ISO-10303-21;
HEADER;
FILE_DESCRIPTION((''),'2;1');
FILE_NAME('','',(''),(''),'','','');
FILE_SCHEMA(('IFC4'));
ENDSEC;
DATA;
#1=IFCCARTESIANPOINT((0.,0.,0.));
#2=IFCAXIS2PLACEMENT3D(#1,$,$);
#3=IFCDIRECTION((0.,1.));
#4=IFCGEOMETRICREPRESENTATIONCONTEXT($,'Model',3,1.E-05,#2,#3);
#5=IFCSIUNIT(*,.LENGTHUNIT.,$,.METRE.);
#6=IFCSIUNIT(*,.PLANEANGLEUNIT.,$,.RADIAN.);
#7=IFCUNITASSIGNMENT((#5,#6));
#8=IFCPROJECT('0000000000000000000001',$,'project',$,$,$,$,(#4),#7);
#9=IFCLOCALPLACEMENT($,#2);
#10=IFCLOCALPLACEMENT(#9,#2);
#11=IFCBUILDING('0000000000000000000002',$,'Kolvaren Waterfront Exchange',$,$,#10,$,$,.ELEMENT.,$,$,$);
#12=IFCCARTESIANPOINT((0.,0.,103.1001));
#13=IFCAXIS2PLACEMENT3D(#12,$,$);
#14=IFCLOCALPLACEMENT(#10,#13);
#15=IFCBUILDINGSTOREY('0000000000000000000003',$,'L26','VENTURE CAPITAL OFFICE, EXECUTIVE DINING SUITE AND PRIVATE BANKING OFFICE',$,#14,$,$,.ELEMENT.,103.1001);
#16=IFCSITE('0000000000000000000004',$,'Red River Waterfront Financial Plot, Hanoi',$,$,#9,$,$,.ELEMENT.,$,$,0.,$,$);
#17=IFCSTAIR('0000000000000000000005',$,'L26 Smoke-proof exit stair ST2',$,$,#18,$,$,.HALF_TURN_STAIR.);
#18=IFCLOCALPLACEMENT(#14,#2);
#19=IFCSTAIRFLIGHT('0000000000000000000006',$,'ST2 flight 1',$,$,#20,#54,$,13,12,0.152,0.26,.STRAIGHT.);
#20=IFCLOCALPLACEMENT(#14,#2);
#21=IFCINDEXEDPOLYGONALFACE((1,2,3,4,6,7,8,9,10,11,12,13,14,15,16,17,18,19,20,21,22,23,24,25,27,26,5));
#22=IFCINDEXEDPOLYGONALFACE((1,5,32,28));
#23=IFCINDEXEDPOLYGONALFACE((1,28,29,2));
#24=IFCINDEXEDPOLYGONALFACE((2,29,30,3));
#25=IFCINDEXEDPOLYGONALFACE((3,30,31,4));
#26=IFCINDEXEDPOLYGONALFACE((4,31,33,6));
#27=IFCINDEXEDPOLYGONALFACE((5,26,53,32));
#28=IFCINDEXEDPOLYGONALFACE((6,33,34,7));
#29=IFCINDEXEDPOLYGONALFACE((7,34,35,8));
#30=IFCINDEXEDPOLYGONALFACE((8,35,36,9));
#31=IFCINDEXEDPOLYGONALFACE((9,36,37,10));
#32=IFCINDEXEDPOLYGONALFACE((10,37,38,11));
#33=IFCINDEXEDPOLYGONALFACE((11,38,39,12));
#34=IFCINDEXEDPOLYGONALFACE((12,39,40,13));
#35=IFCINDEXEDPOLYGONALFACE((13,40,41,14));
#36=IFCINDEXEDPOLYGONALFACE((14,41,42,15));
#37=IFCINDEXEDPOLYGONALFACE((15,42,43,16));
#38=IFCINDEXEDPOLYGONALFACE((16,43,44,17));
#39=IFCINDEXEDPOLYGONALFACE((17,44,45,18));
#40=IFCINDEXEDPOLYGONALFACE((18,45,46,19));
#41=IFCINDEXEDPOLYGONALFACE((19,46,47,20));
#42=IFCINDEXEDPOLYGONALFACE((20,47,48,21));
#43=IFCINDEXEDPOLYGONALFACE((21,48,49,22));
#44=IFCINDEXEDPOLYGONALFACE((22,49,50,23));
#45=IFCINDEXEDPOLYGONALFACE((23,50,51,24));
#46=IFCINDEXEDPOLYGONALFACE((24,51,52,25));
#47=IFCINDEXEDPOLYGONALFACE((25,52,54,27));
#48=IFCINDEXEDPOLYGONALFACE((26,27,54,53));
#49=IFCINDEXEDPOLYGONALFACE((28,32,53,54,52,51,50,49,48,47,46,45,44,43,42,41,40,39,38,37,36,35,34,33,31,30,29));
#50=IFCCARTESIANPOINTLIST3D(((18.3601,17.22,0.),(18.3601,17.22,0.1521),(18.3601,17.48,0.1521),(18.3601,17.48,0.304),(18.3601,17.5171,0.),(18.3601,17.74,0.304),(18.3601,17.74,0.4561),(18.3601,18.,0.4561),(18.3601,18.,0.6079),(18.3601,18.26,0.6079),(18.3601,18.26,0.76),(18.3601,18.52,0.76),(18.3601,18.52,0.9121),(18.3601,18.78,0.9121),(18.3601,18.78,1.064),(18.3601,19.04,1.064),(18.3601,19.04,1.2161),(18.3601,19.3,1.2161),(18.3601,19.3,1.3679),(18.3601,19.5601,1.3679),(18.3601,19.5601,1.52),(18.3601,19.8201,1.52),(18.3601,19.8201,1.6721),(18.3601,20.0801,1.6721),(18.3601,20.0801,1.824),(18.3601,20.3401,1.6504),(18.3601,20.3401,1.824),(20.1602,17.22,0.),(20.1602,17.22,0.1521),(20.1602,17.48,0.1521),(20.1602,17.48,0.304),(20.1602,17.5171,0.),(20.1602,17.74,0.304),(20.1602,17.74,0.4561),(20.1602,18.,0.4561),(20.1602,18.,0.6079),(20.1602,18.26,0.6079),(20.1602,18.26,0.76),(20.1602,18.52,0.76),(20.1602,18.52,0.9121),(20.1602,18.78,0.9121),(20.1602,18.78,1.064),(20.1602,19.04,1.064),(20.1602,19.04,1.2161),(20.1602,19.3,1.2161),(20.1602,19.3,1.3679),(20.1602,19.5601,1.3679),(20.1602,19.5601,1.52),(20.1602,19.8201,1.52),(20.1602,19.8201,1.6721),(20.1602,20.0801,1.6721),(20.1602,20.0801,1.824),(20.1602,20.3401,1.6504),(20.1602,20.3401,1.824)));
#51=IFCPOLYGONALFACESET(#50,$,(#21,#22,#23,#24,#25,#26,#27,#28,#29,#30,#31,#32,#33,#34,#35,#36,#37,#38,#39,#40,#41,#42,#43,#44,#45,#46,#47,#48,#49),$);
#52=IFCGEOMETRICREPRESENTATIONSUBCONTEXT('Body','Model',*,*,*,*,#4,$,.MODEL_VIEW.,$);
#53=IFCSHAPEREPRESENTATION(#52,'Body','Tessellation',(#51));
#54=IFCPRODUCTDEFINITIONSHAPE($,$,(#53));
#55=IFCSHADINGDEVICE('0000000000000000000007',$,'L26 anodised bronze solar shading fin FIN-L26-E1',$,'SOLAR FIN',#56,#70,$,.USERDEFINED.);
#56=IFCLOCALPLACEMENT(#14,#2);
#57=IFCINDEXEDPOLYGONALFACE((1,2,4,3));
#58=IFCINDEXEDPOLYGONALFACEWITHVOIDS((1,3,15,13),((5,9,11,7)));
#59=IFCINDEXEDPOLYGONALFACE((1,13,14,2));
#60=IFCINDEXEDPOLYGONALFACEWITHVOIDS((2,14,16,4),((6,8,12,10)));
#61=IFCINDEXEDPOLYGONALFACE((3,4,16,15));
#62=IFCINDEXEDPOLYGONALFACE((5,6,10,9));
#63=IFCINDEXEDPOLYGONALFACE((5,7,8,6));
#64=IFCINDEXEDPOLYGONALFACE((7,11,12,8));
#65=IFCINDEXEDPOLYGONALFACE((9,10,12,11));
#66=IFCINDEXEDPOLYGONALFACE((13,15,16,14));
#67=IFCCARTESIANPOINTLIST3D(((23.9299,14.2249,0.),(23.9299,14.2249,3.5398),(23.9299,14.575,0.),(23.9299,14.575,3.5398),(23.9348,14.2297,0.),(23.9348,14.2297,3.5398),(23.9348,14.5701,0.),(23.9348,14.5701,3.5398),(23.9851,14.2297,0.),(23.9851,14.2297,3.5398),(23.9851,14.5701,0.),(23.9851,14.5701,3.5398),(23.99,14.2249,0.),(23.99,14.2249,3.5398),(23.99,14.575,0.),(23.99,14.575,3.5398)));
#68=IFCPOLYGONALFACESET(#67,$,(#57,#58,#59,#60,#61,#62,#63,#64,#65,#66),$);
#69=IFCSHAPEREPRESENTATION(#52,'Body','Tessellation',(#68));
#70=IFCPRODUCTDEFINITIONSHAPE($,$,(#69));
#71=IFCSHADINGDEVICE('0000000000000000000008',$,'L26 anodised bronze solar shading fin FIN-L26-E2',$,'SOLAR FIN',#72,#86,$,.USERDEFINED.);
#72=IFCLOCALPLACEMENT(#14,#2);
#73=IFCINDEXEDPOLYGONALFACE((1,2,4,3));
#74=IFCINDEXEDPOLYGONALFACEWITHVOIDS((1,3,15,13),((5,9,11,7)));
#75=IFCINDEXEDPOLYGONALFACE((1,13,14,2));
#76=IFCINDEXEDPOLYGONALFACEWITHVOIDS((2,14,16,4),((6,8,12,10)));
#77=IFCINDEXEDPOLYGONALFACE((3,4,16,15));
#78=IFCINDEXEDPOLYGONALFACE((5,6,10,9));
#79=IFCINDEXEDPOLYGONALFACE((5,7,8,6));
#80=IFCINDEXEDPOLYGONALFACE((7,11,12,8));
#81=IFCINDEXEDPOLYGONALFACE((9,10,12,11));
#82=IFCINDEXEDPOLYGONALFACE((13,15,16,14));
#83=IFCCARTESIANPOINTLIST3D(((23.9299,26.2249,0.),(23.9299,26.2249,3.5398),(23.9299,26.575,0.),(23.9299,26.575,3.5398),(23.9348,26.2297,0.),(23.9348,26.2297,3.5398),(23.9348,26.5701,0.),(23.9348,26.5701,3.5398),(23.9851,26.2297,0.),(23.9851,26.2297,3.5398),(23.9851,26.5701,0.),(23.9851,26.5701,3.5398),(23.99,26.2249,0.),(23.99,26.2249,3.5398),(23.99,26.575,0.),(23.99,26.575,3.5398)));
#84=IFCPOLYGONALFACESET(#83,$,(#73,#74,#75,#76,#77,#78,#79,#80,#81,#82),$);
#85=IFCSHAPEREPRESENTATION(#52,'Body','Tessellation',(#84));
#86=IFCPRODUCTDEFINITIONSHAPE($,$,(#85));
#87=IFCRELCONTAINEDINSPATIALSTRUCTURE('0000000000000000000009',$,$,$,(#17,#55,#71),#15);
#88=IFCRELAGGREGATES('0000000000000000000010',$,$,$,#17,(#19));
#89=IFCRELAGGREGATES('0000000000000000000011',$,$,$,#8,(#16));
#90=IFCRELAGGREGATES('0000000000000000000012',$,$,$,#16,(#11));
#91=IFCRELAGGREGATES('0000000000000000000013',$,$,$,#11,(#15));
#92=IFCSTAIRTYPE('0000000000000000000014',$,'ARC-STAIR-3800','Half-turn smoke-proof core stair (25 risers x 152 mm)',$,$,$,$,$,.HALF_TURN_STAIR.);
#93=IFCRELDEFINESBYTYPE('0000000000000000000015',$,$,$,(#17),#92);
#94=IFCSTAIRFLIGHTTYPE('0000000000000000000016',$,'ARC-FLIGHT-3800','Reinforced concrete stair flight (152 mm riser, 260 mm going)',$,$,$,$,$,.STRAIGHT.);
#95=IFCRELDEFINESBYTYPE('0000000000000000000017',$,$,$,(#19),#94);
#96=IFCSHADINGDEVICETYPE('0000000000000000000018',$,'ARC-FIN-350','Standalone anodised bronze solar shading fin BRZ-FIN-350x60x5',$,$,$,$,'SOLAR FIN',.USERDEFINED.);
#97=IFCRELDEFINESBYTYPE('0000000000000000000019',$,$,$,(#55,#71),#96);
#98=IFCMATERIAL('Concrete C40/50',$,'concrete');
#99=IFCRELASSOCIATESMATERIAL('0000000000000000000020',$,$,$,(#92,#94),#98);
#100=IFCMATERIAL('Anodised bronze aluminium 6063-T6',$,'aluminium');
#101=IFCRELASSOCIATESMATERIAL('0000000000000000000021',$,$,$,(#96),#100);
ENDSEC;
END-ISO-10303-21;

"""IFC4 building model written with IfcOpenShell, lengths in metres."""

from ifc_helpers import new_model, si_unit, direction, frame, origin, origin_2d, place, context, subcontext, project, spatial, polyline, hollow_rectangle, outline, extrude, material, material_profile, profile_set, type_object, element, aggregate, save


model = new_model("IFC4")

# Units and contexts
model_context = context("Model", 3, precision=1e-05, world=origin(), true_north=direction((0.0, 1.0)))
body_context = subcontext(model_context, "Body", "Model", "MODEL_VIEW")
ifc_project = project(units=[si_unit("LENGTHUNIT", "METRE"), si_unit("PLANEANGLEUNIT", "RADIAN")], contexts=[model_context])

# Site, building, storey
site_placement = place(None, origin())
site = spatial("IfcSite", under=ifc_project, at=site_placement, Name="Red River Waterfront Financial Plot, Hanoi", CompositionType="ELEMENT", RefElevation=0.0)
building_placement = place(site_placement, origin())
building = spatial("IfcBuilding", under=site, at=building_placement, Name="Kolvaren Waterfront Exchange", CompositionType="ELEMENT")
storey_placement = place(building_placement, frame((0.0, 0.0, 103.1001)))
storey = spatial("IfcBuildingStorey", under=building, at=storey_placement, Name="L26", Description="VENTURE CAPITAL OFFICE, EXECUTIVE DINING SUITE AND PRIVATE BANKING OFFICE", CompositionType="ELEMENT", Elevation=103.1001)

# Shared definitions
ifc_material_1 = material(Name="Anodised bronze aluminium 6063-T6", Category="aluminium")

# Shared definitions
ifc_material_2 = material(Name="Concrete C40/50", Category="concrete")

# Stair, stair flight
stair_type = type_object("IfcStairType", Name="ARC-STAIR-3800", Description="Half-turn smoke-proof core stair (25 risers x 152 mm)", PredefinedType="HALF_TURN_STAIR", material=ifc_material_2)
stair_placement = place(storey_placement, origin())
stair = element("IfcStair", 1, at=stair_placement, inside=storey, type_object=stair_type, Name="L26 Smoke-proof exit stair ST2", PredefinedType="HALF_TURN_STAIR")
stair_flight_type = type_object("IfcStairFlightType", Name="ARC-FLIGHT-3800", Description="Reinforced concrete stair flight (152 mm riser, 260 mm going)", PredefinedType="STRAIGHT", material=ifc_material_2)
stair_flight_placement = place(storey_placement, frame((19.26, 17.22, 0.0), z_axis=(0.0, 0.0, 1.0), x_axis=(0.0, 1.0, 0.0)))
stair_flight = element("IfcStairFlight", 2, at=stair_flight_placement, type_object=stair_flight_type, Name="ST2 flight 1", NumberOfRisers=13, NumberOfTreads=12, PredefinedType="STRAIGHT", RiserHeight=0.152, TreadLength=0.26, context=body_context, shape_type="SweptSolid", body=[
    extrude(outline(polyline([(0.0, 0.0), (0.0, 0.1521), (0.26, 0.1521), (0.26, 0.304), (0.52, 0.304), (0.52, 0.4561), (0.78, 0.4561), (0.78, 0.6079), (1.04, 0.6079), (1.04, 0.76), (1.3, 0.76), (1.3, 0.9121), (1.5601, 0.9121), (1.5601, 1.064), (1.8201, 1.064), (1.8201, 1.2161), (2.0801, 1.2161), (2.0801, 1.3679), (2.3401, 1.3679), (2.3401, 1.52), (2.6001, 1.52), (2.6001, 1.6721), (2.8601, 1.6721), (2.8601, 1.824), (3.1201, 1.824), (3.1201, 1.9761), (3.1201, 1.6504), (0.2971, 0.0), (0.0, 0.0)])), frame((0.0, 0.8999, 0.0), z_axis=(0.0, -1.0, 0.0), x_axis=(1.0, 0.0, 0.0)), (0.0, 0.0, 1.0), 1.8),
])
aggregate(stair, [stair_flight])

# Shading devices
ifc_material_profile_1 = material_profile(ifc_material_1, hollow_rectangle(XDim=0.0601, YDim=0.3501, WallThickness=0.0049, at=origin_2d()), Name="BRZ-FIN-350x60x5")
ifc_profile_set_1 = profile_set([ifc_material_profile_1], Name="Anodised bronze aluminium 6063-T6")
shading_device_type = type_object("IfcShadingDeviceType", Name="ARC-FIN-350", Description="Standalone anodised bronze solar shading fin BRZ-FIN-350x60x5", ElementType="SOLAR FIN", PredefinedType="USERDEFINED", material=ifc_profile_set_1)
for number, where, z_axis, x_axis, name in (
    (3, (23.96, 14.3999, 0.0), (0.0, 0.0, 1.0), (1.0, 0.0, 0.0), "L26 anodised bronze solar shading fin FIN-L26-E1"),
    (4, (23.96, 26.3999, 0.0), (0.0, 0.0, 1.0), (1.0, 0.0, 0.0), "L26 anodised bronze solar shading fin FIN-L26-E2"),
):
    element("IfcShadingDevice", number, at=place(storey_placement, frame(where, z_axis=z_axis, x_axis=x_axis)), inside=storey, type_object=shading_device_type, Name=name, ObjectType="SOLAR FIN", PredefinedType="USERDEFINED", context=body_context, shape_type="SweptSolid", body=[
        extrude(hollow_rectangle(XDim=0.0601, YDim=0.3501, WallThickness=0.0049, at=origin_2d()), origin(), (0.0, 0.0, 1.0), 3.5398),
    ])

save(model, "model.ifc")
